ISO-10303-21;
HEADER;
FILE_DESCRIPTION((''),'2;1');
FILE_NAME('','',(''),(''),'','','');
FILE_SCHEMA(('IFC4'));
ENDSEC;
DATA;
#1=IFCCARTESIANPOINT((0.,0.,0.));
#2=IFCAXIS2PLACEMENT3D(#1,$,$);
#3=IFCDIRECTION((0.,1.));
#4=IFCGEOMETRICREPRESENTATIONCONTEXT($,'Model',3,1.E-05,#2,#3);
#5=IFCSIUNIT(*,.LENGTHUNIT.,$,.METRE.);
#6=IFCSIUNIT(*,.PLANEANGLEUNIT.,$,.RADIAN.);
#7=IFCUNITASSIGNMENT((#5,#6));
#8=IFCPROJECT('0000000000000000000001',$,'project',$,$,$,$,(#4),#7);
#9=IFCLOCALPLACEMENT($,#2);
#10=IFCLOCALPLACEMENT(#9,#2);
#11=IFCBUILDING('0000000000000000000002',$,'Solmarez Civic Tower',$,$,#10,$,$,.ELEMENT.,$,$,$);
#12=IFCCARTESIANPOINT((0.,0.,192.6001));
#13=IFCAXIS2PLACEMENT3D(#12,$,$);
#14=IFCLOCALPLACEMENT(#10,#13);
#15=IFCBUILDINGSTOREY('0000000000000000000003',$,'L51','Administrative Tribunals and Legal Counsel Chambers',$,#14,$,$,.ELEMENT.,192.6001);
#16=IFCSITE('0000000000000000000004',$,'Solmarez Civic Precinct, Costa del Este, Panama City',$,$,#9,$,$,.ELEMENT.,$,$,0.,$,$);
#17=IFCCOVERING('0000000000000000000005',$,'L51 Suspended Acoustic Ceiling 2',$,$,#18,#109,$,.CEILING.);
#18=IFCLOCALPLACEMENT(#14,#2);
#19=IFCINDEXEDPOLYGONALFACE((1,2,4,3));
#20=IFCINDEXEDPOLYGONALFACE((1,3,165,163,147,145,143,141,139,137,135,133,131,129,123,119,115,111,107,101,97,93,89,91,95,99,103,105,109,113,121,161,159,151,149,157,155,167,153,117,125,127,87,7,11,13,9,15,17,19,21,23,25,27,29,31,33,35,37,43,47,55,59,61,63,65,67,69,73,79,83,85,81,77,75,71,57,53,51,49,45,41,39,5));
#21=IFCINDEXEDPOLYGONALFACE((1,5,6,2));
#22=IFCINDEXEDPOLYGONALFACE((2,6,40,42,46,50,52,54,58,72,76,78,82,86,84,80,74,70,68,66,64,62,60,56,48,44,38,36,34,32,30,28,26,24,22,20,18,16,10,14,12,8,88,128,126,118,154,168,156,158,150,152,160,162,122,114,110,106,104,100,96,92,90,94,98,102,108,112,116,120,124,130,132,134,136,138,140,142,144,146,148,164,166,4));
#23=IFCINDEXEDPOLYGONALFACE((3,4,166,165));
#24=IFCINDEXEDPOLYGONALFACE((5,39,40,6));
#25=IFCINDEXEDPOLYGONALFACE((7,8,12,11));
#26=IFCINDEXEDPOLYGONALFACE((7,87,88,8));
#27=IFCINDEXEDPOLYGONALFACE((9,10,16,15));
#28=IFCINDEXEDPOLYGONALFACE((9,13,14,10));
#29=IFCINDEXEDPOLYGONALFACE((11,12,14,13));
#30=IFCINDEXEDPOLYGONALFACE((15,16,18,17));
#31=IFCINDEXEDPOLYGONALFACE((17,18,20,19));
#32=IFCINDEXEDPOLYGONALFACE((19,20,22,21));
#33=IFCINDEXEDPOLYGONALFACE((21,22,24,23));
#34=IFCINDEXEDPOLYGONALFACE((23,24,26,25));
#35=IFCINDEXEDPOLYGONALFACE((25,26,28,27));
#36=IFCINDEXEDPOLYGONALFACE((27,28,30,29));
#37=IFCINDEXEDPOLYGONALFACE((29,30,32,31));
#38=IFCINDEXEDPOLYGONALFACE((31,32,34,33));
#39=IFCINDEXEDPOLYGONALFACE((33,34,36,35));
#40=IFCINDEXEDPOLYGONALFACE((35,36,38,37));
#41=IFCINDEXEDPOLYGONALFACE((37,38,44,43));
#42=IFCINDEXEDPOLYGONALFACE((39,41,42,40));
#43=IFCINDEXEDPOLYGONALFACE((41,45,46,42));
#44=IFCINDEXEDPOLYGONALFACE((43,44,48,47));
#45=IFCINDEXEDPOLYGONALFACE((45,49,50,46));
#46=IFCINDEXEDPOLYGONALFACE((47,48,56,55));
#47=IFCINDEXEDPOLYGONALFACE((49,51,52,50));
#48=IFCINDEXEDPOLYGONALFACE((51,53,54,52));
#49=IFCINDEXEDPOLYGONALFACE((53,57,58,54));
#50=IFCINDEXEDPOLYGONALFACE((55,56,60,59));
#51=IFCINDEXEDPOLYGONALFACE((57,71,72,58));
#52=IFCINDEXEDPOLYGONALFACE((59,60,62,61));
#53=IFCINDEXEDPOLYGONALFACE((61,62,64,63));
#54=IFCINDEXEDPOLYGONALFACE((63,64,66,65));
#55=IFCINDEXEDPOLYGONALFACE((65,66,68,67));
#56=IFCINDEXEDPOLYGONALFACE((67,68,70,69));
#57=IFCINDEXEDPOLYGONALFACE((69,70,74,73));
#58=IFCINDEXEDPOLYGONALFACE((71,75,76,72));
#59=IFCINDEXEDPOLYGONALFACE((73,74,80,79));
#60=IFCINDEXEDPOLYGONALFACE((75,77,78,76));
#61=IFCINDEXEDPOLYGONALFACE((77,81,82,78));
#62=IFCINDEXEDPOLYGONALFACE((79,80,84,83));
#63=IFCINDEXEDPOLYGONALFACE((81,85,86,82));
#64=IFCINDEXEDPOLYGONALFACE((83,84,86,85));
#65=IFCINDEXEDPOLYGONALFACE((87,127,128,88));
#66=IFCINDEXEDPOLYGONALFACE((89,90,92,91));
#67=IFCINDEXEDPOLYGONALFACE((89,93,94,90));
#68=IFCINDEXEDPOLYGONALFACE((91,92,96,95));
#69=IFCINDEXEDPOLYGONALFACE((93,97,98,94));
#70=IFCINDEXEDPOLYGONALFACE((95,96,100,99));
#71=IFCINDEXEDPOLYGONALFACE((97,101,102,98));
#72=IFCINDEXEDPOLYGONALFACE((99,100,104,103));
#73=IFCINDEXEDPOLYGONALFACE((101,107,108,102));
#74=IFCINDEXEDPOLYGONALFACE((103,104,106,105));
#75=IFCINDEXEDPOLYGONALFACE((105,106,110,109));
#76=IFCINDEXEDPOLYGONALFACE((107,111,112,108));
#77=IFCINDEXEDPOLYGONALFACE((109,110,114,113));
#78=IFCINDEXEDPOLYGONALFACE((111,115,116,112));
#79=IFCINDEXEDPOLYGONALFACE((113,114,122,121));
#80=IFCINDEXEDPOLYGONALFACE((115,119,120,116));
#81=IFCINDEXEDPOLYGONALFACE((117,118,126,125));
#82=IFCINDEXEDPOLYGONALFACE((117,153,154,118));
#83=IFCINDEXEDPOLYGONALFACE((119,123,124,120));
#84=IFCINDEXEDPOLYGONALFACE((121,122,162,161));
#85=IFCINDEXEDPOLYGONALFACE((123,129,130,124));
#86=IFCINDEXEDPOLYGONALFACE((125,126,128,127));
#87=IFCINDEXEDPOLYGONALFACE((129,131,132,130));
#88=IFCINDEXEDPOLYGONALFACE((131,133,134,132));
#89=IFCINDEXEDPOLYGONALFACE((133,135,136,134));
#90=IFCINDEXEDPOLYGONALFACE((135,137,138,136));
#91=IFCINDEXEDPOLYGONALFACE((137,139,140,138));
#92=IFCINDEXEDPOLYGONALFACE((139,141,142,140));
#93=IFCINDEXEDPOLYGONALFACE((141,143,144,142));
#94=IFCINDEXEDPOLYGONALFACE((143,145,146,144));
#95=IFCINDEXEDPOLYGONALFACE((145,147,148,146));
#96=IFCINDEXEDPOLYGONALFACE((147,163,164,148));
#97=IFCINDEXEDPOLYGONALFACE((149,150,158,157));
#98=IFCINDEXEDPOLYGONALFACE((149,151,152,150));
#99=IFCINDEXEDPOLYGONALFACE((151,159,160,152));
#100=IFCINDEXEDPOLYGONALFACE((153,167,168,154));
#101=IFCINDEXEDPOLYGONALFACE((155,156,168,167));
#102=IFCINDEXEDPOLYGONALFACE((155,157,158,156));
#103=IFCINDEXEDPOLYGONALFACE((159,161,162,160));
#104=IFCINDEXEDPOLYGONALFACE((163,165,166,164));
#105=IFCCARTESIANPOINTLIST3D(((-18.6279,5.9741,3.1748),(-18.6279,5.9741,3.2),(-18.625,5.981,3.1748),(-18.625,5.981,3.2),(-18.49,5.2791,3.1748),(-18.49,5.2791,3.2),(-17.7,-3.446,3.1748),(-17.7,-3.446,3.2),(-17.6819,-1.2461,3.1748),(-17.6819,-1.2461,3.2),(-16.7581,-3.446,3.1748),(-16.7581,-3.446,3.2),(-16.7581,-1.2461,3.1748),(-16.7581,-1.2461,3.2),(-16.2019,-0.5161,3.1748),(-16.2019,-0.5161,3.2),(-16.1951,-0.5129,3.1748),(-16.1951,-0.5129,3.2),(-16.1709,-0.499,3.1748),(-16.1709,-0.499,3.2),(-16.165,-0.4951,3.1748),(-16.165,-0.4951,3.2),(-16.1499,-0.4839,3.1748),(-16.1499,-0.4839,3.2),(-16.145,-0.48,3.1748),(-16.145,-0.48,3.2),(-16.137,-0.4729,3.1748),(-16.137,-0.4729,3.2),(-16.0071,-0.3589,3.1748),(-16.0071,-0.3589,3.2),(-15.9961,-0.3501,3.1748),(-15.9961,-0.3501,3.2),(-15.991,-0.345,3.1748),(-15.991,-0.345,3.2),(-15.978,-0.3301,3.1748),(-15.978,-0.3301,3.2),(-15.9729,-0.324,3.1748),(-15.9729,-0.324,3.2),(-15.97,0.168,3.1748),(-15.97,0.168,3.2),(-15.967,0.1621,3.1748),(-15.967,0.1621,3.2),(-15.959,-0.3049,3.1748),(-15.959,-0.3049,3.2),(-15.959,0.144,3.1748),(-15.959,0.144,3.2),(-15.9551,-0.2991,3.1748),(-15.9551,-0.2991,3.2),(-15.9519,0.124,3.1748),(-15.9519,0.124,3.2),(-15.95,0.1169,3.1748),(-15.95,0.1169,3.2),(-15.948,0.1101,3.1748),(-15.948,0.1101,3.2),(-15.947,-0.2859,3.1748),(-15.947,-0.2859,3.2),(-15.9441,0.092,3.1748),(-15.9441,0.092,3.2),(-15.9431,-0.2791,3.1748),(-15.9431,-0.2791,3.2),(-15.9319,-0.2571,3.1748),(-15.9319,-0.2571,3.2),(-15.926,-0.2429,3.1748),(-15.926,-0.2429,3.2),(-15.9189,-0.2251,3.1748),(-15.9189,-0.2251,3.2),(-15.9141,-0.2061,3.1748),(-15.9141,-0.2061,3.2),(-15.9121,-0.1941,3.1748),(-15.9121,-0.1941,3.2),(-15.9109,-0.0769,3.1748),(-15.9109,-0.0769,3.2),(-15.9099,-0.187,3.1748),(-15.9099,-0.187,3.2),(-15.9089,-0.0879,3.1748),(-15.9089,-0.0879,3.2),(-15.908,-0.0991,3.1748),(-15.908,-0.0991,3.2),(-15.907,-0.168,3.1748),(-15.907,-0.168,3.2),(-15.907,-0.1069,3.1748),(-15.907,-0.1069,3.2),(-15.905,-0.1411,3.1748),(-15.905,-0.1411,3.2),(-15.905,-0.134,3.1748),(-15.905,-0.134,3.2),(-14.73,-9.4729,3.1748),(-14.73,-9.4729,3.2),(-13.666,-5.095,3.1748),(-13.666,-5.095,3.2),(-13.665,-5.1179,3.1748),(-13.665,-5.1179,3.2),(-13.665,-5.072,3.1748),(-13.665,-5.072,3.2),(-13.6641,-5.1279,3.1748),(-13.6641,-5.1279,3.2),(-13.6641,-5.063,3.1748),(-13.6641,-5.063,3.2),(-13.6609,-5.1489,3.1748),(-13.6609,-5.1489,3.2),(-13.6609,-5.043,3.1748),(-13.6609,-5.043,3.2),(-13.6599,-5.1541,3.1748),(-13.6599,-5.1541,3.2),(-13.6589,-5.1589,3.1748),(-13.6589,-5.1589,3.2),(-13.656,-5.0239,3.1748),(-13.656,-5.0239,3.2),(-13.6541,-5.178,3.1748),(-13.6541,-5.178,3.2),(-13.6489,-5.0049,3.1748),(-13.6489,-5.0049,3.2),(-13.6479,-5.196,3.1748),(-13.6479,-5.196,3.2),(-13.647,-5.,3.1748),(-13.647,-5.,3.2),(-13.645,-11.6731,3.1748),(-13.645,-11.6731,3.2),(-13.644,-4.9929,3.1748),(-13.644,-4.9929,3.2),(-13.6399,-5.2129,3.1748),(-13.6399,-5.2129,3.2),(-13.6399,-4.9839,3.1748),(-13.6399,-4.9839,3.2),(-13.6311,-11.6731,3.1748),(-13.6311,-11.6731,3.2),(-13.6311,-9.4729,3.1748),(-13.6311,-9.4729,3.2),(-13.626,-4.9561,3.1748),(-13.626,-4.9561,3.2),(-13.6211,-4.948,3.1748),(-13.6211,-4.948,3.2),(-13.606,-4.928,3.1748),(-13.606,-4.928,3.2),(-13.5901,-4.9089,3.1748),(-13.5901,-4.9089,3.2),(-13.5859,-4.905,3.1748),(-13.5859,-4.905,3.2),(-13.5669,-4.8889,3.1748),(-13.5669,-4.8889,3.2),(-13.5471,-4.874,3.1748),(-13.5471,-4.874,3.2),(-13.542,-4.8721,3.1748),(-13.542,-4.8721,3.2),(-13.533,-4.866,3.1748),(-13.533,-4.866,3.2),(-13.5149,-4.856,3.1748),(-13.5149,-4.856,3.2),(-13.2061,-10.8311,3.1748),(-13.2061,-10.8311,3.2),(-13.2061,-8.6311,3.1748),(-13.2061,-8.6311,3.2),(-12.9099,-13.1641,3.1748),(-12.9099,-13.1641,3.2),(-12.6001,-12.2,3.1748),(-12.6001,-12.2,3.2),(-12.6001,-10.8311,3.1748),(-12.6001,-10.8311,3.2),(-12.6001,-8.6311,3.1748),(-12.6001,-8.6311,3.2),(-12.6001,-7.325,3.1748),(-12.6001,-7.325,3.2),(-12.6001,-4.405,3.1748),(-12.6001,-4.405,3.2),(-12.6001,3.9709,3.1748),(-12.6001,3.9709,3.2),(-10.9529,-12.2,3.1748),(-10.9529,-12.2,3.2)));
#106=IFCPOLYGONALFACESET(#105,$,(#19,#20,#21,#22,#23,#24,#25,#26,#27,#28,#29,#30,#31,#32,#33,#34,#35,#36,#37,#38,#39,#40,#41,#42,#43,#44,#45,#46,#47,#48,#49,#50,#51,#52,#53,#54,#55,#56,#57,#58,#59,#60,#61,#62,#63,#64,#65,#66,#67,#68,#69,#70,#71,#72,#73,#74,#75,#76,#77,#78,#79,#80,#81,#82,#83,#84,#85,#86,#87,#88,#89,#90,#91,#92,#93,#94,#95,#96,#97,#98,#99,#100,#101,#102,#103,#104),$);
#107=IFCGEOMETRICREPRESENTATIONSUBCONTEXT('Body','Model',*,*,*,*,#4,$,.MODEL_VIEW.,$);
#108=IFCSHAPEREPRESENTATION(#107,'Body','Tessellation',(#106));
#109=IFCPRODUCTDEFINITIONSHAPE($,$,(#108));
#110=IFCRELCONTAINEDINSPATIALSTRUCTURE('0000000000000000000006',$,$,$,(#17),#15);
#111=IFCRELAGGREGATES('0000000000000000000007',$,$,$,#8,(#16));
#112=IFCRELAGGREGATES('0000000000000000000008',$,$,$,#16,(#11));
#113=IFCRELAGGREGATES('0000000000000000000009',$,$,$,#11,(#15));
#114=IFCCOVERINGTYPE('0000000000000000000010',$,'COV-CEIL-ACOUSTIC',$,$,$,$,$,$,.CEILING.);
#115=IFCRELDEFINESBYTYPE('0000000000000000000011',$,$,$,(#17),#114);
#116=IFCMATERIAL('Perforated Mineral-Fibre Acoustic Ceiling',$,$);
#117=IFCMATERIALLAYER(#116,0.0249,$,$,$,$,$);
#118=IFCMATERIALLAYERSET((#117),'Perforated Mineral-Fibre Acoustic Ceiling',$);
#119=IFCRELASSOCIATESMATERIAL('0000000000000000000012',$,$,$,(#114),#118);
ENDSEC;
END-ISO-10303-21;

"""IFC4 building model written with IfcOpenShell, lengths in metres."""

from ifc_helpers import new_model, si_unit, direction, frame, origin, place, context, subcontext, project, spatial, polyline, outline, extrude, material, layer, layer_set, type_object, element, save


model = new_model("IFC4")

# Units and contexts
model_context = context("Model", 3, precision=1e-05, world=origin(), true_north=direction((0.0, 1.0)))
body_context = subcontext(model_context, "Body", "Model", "MODEL_VIEW")
ifc_project = project(units=[si_unit("LENGTHUNIT", "METRE"), si_unit("PLANEANGLEUNIT", "RADIAN")], contexts=[model_context])

# Site, building, storey
site_placement = place(None, origin())
site = spatial("IfcSite", under=ifc_project, at=site_placement, Name="Solmarez Civic Precinct, Costa del Este, Panama City", CompositionType="ELEMENT", RefElevation=0.0)
building_placement = place(site_placement, origin())
building = spatial("IfcBuilding", under=site, at=building_placement, Name="Solmarez Civic Tower", CompositionType="ELEMENT")
storey_placement = place(building_placement, frame((0.0, 0.0, 192.6001)))
storey = spatial("IfcBuildingStorey", under=building, at=storey_placement, Name="L51", Description="Administrative Tribunals and Legal Counsel Chambers", CompositionType="ELEMENT", Elevation=192.6001)

# Covering
ifc_material_1 = material(Name="Perforated Mineral-Fibre Acoustic Ceiling")
ifc_layer_1 = layer(ifc_material_1, 0.0249)
ifc_layer_set_1 = layer_set([ifc_layer_1], Name="Perforated Mineral-Fibre Acoustic Ceiling")
covering_type_1 = type_object("IfcCoveringType", Name="COV-CEIL-ACOUSTIC", PredefinedType="CEILING", material=ifc_layer_set_1)
covering_1_placement = place(storey_placement, frame((0.0, 0.0, 3.1748)))
element("IfcCovering", 1, at=covering_1_placement, inside=storey, type_object=covering_type_1, Name="L51 Suspended Acoustic Ceiling 2", PredefinedType="CEILING", context=body_context, shape_type="SweptSolid", body=[
    extrude(outline(polyline([(-15.9141, -0.2061), (-15.9189, -0.2251), (-15.926, -0.2429), (-15.9319, -0.2571), (-15.9431, -0.2791), (-15.947, -0.2859), (-15.9551, -0.2991), (-15.959, -0.3049), (-15.9729, -0.324), (-15.978, -0.3301), (-15.991, -0.345), (-15.9961, -0.3501), (-16.0071, -0.3589), (-16.137, -0.4729), (-16.145, -0.48), (-16.1499, -0.4839), (-16.165, -0.4951), (-16.1709, -0.499), (-16.1951, -0.5129), (-16.2019, -0.5161), (-17.6819, -1.2461), (-16.7581, -1.2461), (-16.7581, -3.446), (-17.7, -3.446), (-14.73, -9.4729), (-13.6311, -9.4729), (-13.6311, -11.6731), (-13.645, -11.6731), (-12.9099, -13.1641), (-10.9529, -12.2), (-12.6001, -12.2), (-12.6001, -10.8311), (-13.2061, -10.8311), (-13.2061, -8.6311), (-12.6001, -8.6311), (-12.6001, -7.325), (-13.6399, -5.2129), (-13.6479, -5.196), (-13.6541, -5.178), (-13.6589, -5.1589), (-13.6599, -5.1541), (-13.6609, -5.1489), (-13.6641, -5.1279), (-13.665, -5.1179), (-13.666, -5.095), (-13.665, -5.072), (-13.6641, -5.063), (-13.6609, -5.043), (-13.656, -5.0239), (-13.6489, -5.0049), (-13.647, -5.0), (-13.644, -4.9929), (-13.6399, -4.9839), (-13.626, -4.9561), (-13.6211, -4.948), (-13.606, -4.928), (-13.5901, -4.9089), (-13.5859, -4.905), (-13.5669, -4.8889), (-13.5471, -4.874), (-13.542, -4.8721), (-13.533, -4.866), (-13.5149, -4.856), (-12.6001, -4.405), (-12.6001, 3.9709), (-18.625, 5.981), (-18.6279, 5.9741), (-18.49, 5.2791), (-15.97, 0.168), (-15.967, 0.1621), (-15.959, 0.144), (-15.9519, 0.124), (-15.95, 0.1169), (-15.948, 0.1101), (-15.9441, 0.092), (-15.9109, -0.0769), (-15.9089, -0.0879), (-15.908, -0.0991), (-15.907, -0.1069), (-15.905, -0.134), (-15.905, -0.1411), (-15.907, -0.168), (-15.9099, -0.187), (-15.9121, -0.1941), (-15.9141, -0.2061)])), origin(), (0.0, 0.0, 1.0), 0.0251),
])

save(model, "model.ifc")
